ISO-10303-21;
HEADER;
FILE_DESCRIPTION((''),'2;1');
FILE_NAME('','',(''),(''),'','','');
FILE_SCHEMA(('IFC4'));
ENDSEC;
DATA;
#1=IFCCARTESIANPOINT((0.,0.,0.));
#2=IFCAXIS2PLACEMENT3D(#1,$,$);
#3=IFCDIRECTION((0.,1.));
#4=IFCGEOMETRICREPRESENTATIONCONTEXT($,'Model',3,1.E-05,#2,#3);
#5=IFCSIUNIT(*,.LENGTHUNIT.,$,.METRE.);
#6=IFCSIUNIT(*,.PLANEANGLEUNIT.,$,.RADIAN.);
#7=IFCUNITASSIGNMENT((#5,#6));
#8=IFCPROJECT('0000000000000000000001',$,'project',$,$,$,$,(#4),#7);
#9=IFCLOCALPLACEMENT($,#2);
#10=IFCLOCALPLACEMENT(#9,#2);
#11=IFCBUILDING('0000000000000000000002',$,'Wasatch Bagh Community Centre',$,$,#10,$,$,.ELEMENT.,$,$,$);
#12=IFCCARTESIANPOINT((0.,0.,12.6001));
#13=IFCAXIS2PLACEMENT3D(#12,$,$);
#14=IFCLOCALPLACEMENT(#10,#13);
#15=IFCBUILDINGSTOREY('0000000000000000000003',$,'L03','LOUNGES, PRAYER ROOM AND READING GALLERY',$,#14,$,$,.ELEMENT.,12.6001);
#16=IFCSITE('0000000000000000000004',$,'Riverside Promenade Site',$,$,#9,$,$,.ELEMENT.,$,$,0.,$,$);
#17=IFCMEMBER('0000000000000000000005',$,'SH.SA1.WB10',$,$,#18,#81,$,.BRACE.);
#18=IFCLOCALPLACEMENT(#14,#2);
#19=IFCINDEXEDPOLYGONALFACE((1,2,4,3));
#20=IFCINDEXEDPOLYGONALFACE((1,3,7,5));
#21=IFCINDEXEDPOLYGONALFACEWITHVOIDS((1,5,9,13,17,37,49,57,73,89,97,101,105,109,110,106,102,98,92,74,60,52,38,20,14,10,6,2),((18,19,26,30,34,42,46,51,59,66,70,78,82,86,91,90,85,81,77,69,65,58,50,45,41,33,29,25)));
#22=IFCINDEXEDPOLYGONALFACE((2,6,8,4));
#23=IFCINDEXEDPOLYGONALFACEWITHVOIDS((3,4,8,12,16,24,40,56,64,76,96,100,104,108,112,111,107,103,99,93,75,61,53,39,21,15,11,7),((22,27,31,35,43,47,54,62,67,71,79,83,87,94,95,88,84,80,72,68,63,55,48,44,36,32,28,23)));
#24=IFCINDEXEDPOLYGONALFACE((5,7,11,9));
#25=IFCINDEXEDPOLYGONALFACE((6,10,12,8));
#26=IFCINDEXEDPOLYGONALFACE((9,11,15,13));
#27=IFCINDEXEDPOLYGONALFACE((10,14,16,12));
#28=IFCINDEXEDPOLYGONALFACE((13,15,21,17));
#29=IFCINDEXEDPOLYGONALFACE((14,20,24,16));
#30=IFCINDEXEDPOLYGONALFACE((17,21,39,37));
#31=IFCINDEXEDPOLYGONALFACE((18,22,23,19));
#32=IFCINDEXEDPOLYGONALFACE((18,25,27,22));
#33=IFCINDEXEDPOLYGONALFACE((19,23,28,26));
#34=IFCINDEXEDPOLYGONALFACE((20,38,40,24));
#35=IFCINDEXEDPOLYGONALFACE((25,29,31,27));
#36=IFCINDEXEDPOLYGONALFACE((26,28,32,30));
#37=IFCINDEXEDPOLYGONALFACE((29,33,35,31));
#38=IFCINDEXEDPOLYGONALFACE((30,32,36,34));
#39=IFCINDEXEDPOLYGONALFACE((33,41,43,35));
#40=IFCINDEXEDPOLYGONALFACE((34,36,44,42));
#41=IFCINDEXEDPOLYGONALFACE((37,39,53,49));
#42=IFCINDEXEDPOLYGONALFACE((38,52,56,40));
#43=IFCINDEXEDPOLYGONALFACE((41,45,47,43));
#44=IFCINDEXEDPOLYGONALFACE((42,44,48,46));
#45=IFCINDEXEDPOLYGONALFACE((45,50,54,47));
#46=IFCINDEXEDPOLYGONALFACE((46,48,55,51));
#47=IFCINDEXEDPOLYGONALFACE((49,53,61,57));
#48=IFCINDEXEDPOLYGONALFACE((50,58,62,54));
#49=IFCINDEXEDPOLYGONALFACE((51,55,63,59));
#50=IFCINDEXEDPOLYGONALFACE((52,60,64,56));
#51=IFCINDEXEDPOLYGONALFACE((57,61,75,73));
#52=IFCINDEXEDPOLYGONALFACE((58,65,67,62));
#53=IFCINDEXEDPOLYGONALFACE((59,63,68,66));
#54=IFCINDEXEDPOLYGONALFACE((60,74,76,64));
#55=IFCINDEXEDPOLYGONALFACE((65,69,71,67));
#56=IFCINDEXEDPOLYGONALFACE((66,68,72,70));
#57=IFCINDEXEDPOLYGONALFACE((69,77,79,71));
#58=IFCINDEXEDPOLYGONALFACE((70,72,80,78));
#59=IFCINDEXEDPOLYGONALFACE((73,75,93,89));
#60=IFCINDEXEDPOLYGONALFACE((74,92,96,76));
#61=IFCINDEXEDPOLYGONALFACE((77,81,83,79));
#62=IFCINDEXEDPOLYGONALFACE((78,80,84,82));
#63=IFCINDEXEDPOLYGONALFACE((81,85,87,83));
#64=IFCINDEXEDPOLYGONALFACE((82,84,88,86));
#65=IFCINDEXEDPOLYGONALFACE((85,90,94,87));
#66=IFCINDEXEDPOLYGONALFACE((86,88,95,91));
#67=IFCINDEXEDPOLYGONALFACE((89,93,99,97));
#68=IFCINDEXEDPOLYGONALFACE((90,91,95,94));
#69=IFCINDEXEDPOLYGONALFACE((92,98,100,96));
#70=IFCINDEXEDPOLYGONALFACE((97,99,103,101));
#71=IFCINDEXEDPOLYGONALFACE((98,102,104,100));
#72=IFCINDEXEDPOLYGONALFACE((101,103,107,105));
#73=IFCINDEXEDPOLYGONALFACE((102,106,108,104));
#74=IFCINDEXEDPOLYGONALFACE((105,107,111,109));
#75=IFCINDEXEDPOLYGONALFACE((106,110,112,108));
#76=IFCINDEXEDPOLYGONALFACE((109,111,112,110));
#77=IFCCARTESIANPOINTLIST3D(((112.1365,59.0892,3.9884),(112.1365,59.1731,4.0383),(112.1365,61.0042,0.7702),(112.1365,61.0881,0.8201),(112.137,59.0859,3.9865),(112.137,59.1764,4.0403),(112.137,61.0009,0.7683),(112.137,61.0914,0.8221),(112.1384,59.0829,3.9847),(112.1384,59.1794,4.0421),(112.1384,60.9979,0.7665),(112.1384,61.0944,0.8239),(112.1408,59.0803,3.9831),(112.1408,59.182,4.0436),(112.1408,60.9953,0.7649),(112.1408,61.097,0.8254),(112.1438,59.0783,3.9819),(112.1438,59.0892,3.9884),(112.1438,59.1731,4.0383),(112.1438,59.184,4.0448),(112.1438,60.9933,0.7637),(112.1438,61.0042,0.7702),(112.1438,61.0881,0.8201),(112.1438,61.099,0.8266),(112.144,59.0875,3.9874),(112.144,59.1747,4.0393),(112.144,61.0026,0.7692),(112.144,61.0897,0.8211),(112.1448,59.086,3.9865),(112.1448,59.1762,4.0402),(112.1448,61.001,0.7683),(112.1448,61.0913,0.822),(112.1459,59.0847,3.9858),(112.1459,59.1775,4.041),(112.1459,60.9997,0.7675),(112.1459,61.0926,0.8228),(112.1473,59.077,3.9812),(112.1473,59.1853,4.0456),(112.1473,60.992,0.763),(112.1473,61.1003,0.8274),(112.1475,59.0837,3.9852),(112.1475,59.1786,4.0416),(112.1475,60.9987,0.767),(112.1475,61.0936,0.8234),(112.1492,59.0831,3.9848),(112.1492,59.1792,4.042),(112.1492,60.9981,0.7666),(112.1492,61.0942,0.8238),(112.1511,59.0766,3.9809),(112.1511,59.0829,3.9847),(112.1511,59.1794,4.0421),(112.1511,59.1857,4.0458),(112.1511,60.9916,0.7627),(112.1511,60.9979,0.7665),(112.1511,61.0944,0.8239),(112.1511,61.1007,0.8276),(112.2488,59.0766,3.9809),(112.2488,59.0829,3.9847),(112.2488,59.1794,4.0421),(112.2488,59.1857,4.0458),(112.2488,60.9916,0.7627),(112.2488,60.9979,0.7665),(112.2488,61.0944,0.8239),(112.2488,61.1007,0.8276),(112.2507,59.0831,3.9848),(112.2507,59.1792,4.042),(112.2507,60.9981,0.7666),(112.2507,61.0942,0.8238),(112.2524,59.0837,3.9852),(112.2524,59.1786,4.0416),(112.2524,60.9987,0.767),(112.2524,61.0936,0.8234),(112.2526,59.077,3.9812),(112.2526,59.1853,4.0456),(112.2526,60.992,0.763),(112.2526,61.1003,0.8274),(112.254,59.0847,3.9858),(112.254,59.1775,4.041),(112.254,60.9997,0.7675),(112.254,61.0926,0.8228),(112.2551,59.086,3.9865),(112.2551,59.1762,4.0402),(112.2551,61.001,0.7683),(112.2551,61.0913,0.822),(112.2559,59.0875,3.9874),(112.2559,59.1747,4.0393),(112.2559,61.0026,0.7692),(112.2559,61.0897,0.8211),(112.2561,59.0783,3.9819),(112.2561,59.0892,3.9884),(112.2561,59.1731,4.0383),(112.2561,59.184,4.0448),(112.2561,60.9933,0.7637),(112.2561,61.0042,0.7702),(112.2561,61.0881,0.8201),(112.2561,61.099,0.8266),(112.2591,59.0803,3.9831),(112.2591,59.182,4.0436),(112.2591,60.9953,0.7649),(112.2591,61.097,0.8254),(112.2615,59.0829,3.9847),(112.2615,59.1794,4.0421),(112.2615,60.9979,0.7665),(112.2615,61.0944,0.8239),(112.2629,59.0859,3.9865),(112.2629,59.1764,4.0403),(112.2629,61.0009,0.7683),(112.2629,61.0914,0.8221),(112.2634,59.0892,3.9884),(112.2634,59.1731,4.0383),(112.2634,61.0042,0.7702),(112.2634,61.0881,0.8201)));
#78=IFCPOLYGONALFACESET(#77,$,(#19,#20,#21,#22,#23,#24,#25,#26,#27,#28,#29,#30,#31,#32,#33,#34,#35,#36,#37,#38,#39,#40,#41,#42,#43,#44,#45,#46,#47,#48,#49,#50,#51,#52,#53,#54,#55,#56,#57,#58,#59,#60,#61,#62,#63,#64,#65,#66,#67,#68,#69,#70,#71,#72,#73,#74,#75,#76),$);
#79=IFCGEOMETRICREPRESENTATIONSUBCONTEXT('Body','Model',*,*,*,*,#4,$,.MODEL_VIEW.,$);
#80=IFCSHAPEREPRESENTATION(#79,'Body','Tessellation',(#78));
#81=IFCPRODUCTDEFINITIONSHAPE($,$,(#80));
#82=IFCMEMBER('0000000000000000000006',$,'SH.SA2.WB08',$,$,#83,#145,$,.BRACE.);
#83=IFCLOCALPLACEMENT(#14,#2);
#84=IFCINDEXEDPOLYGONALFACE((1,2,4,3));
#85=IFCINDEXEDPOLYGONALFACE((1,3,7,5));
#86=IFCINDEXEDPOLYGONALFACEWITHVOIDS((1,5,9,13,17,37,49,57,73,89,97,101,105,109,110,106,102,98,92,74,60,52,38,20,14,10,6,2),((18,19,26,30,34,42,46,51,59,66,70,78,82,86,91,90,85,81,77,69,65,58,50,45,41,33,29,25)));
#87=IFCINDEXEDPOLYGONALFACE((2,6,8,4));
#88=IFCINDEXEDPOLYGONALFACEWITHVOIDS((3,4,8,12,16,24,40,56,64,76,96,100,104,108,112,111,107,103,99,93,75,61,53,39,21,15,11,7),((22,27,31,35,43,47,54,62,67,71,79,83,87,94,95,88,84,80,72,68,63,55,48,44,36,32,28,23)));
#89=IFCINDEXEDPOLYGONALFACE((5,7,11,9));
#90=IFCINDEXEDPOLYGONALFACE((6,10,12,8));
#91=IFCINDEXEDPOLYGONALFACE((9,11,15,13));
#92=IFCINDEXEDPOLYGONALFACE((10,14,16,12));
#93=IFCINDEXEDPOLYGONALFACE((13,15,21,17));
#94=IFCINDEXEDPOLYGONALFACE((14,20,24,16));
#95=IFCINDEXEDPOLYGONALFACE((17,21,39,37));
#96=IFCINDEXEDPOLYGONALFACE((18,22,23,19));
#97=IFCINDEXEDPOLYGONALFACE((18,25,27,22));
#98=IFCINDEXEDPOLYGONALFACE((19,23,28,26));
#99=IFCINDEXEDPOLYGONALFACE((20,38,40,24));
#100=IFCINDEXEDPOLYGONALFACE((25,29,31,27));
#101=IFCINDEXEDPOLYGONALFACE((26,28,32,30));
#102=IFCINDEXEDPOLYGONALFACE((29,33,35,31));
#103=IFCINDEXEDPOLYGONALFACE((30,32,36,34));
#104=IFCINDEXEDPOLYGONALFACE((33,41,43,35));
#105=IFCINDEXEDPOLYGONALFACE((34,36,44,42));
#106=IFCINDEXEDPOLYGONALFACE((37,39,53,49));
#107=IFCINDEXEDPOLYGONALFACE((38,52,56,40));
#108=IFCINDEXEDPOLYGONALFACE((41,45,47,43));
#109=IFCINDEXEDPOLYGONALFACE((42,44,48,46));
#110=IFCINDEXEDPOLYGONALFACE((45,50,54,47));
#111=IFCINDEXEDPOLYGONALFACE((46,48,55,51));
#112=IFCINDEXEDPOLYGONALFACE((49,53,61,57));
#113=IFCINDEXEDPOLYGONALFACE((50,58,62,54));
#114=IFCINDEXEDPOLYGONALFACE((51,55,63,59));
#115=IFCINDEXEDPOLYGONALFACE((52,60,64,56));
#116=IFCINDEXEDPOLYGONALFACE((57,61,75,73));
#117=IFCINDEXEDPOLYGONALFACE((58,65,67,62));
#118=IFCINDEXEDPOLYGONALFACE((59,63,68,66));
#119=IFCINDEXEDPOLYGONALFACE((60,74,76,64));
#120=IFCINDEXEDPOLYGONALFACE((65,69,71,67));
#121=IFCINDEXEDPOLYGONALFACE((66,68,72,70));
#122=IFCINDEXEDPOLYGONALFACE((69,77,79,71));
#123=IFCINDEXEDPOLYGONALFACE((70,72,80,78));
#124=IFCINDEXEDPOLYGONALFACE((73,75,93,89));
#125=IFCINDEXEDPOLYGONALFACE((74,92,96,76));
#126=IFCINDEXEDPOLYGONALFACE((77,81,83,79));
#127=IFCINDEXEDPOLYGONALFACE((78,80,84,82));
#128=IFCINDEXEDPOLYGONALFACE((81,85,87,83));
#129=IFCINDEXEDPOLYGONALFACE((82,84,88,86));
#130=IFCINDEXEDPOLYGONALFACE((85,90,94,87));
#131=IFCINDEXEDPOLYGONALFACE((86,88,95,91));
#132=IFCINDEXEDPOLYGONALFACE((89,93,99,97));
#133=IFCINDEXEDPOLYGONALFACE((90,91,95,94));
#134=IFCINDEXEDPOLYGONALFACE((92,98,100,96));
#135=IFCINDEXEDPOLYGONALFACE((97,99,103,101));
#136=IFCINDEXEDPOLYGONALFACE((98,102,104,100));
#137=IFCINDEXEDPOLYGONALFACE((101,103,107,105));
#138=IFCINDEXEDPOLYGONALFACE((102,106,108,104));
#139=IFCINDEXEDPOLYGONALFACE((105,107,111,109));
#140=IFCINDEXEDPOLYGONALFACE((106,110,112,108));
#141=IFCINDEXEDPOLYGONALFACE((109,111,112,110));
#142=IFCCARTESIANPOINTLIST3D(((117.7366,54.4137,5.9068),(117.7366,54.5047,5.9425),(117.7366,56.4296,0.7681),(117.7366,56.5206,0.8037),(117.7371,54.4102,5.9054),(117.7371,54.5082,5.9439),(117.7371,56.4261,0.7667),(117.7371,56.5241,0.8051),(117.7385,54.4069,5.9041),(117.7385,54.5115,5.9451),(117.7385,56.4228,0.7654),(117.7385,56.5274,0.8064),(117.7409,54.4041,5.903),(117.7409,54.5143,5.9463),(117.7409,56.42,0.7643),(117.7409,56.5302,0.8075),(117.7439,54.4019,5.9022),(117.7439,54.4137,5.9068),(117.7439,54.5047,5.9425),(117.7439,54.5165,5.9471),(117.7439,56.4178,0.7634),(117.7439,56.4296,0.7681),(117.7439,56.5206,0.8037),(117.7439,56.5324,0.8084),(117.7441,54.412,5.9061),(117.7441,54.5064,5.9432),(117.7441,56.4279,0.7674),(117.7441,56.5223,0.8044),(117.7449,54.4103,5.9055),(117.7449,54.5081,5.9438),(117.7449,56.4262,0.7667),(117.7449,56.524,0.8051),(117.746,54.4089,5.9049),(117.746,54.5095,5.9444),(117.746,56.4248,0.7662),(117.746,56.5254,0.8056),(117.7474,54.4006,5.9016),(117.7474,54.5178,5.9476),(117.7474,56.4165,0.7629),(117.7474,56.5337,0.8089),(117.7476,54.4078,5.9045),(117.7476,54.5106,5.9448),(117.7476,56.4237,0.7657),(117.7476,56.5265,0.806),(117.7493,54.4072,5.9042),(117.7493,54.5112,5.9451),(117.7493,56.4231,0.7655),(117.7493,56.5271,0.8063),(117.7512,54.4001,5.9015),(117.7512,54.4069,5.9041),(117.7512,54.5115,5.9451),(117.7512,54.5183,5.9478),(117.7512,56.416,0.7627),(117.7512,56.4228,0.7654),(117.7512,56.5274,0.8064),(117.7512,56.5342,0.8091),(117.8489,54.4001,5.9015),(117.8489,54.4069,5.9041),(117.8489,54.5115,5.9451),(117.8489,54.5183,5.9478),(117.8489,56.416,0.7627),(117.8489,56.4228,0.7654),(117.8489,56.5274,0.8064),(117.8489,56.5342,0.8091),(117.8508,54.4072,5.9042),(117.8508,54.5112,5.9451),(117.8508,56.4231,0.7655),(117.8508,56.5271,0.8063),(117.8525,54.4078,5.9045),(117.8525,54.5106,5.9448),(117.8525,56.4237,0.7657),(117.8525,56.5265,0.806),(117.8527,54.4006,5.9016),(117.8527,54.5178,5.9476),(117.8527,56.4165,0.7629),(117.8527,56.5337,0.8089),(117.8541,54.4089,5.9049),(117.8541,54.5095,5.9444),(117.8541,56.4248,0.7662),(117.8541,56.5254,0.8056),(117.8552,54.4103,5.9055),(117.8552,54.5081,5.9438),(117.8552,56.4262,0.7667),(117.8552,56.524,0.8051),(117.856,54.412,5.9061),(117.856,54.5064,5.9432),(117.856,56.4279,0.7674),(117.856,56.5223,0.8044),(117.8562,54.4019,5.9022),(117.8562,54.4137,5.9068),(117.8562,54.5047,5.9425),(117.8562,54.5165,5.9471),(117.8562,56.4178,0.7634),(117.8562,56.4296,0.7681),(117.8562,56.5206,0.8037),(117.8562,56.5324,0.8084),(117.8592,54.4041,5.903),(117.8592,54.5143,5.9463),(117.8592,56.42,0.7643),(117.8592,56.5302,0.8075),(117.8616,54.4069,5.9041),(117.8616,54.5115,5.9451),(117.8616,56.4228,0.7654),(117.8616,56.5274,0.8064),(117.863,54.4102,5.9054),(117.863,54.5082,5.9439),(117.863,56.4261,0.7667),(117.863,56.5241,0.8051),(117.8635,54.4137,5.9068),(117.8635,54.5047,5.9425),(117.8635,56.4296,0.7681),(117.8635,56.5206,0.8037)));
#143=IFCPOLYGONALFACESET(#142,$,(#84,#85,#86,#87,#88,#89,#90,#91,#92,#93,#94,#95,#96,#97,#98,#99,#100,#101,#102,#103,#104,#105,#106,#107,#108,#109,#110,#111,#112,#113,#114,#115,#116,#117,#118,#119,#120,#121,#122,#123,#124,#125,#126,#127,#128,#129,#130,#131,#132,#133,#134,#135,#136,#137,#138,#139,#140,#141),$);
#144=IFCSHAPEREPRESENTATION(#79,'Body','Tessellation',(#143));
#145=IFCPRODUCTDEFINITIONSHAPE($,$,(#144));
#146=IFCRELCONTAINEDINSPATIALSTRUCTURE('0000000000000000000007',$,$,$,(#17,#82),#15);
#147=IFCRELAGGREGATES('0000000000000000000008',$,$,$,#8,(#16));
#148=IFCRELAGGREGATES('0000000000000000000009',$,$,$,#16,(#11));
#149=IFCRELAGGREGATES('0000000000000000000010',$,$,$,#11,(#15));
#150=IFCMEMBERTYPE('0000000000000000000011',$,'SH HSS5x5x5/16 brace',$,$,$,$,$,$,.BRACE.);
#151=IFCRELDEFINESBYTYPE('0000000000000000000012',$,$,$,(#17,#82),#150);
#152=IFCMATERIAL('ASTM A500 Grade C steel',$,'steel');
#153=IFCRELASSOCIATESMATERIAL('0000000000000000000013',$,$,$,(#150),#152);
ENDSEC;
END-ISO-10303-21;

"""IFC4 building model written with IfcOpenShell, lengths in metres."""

from ifc_helpers import new_model, si_unit, direction, frame, origin, origin_2d, place, context, subcontext, project, spatial, hollow_rectangle, extrude, material, material_profile, profile_set, type_object, element, save


model = new_model("IFC4")

# Units and contexts
model_context = context("Model", 3, precision=1e-05, world=origin(), true_north=direction((0.0, 1.0)))
body_context = subcontext(model_context, "Body", "Model", "MODEL_VIEW")
ifc_project = project(units=[si_unit("LENGTHUNIT", "METRE"), si_unit("PLANEANGLEUNIT", "RADIAN")], contexts=[model_context])

# Site, building, storey
site_placement = place(None, origin())
site = spatial("IfcSite", under=ifc_project, at=site_placement, Name="Riverside Promenade Site", CompositionType="ELEMENT", RefElevation=0.0)
building_placement = place(site_placement, origin())
building = spatial("IfcBuilding", under=site, at=building_placement, Name="Wasatch Bagh Community Centre", CompositionType="ELEMENT")
storey_placement = place(building_placement, frame((0.0, 0.0, 12.6001)))
storey = spatial("IfcBuildingStorey", under=building, at=storey_placement, Name="L03", Description="LOUNGES, PRAYER ROOM AND READING GALLERY", CompositionType="ELEMENT", Elevation=12.6001)

# Members
ifc_material_1 = material(Name="ASTM A500 Grade C steel", Category="steel")
ifc_material_profile_1 = material_profile(ifc_material_1, hollow_rectangle(XDim=0.127, YDim=0.127, WallThickness=0.0073, InnerFilletRadius=0.0073, OuterFilletRadius=0.0146, at=origin_2d()), Name="HSS5x5x5/16")
ifc_profile_set_1 = profile_set([ifc_material_profile_1], Name="ASTM A500 Grade C steel")
member_type_1 = type_object("IfcMemberType", Name="SH HSS5x5x5/16 brace", PredefinedType="BRACE", material=ifc_profile_set_1)
member_1_placement = place(storey_placement, frame((112.2, 61.0461, 0.7952), z_axis=(0.0, -0.511367, 0.859362), x_axis=(1.0, 0.0, 0.0)))
element("IfcMember", 1, at=member_1_placement, inside=storey, type_object=member_type_1, Name="SH.SA1.WB10", PredefinedType="BRACE", context=body_context, shape_type="SweptSolid", body=[
    extrude(hollow_rectangle(XDim=0.127, YDim=0.127, WallThickness=0.0073, InnerFilletRadius=0.0073, OuterFilletRadius=0.0146, at=origin_2d()), origin(), (0.0, 0.0, 1.0), 3.7449),
])
member_2_placement = place(storey_placement, frame((117.8, 56.4751, 0.7859), z_axis=(0.0, -0.365198, 0.93093), x_axis=(1.0, 0.0, 0.0)))
element("IfcMember", 2, at=member_2_placement, inside=storey, type_object=member_type_1, Name="SH.SA2.WB08", PredefinedType="BRACE", context=body_context, shape_type="SweptSolid", body=[
    extrude(hollow_rectangle(XDim=0.127, YDim=0.127, WallThickness=0.0073, InnerFilletRadius=0.0073, OuterFilletRadius=0.0146, at=origin_2d()), origin(), (0.0, 0.0, 1.0), 5.52),
])

save(model, "model.ifc")
